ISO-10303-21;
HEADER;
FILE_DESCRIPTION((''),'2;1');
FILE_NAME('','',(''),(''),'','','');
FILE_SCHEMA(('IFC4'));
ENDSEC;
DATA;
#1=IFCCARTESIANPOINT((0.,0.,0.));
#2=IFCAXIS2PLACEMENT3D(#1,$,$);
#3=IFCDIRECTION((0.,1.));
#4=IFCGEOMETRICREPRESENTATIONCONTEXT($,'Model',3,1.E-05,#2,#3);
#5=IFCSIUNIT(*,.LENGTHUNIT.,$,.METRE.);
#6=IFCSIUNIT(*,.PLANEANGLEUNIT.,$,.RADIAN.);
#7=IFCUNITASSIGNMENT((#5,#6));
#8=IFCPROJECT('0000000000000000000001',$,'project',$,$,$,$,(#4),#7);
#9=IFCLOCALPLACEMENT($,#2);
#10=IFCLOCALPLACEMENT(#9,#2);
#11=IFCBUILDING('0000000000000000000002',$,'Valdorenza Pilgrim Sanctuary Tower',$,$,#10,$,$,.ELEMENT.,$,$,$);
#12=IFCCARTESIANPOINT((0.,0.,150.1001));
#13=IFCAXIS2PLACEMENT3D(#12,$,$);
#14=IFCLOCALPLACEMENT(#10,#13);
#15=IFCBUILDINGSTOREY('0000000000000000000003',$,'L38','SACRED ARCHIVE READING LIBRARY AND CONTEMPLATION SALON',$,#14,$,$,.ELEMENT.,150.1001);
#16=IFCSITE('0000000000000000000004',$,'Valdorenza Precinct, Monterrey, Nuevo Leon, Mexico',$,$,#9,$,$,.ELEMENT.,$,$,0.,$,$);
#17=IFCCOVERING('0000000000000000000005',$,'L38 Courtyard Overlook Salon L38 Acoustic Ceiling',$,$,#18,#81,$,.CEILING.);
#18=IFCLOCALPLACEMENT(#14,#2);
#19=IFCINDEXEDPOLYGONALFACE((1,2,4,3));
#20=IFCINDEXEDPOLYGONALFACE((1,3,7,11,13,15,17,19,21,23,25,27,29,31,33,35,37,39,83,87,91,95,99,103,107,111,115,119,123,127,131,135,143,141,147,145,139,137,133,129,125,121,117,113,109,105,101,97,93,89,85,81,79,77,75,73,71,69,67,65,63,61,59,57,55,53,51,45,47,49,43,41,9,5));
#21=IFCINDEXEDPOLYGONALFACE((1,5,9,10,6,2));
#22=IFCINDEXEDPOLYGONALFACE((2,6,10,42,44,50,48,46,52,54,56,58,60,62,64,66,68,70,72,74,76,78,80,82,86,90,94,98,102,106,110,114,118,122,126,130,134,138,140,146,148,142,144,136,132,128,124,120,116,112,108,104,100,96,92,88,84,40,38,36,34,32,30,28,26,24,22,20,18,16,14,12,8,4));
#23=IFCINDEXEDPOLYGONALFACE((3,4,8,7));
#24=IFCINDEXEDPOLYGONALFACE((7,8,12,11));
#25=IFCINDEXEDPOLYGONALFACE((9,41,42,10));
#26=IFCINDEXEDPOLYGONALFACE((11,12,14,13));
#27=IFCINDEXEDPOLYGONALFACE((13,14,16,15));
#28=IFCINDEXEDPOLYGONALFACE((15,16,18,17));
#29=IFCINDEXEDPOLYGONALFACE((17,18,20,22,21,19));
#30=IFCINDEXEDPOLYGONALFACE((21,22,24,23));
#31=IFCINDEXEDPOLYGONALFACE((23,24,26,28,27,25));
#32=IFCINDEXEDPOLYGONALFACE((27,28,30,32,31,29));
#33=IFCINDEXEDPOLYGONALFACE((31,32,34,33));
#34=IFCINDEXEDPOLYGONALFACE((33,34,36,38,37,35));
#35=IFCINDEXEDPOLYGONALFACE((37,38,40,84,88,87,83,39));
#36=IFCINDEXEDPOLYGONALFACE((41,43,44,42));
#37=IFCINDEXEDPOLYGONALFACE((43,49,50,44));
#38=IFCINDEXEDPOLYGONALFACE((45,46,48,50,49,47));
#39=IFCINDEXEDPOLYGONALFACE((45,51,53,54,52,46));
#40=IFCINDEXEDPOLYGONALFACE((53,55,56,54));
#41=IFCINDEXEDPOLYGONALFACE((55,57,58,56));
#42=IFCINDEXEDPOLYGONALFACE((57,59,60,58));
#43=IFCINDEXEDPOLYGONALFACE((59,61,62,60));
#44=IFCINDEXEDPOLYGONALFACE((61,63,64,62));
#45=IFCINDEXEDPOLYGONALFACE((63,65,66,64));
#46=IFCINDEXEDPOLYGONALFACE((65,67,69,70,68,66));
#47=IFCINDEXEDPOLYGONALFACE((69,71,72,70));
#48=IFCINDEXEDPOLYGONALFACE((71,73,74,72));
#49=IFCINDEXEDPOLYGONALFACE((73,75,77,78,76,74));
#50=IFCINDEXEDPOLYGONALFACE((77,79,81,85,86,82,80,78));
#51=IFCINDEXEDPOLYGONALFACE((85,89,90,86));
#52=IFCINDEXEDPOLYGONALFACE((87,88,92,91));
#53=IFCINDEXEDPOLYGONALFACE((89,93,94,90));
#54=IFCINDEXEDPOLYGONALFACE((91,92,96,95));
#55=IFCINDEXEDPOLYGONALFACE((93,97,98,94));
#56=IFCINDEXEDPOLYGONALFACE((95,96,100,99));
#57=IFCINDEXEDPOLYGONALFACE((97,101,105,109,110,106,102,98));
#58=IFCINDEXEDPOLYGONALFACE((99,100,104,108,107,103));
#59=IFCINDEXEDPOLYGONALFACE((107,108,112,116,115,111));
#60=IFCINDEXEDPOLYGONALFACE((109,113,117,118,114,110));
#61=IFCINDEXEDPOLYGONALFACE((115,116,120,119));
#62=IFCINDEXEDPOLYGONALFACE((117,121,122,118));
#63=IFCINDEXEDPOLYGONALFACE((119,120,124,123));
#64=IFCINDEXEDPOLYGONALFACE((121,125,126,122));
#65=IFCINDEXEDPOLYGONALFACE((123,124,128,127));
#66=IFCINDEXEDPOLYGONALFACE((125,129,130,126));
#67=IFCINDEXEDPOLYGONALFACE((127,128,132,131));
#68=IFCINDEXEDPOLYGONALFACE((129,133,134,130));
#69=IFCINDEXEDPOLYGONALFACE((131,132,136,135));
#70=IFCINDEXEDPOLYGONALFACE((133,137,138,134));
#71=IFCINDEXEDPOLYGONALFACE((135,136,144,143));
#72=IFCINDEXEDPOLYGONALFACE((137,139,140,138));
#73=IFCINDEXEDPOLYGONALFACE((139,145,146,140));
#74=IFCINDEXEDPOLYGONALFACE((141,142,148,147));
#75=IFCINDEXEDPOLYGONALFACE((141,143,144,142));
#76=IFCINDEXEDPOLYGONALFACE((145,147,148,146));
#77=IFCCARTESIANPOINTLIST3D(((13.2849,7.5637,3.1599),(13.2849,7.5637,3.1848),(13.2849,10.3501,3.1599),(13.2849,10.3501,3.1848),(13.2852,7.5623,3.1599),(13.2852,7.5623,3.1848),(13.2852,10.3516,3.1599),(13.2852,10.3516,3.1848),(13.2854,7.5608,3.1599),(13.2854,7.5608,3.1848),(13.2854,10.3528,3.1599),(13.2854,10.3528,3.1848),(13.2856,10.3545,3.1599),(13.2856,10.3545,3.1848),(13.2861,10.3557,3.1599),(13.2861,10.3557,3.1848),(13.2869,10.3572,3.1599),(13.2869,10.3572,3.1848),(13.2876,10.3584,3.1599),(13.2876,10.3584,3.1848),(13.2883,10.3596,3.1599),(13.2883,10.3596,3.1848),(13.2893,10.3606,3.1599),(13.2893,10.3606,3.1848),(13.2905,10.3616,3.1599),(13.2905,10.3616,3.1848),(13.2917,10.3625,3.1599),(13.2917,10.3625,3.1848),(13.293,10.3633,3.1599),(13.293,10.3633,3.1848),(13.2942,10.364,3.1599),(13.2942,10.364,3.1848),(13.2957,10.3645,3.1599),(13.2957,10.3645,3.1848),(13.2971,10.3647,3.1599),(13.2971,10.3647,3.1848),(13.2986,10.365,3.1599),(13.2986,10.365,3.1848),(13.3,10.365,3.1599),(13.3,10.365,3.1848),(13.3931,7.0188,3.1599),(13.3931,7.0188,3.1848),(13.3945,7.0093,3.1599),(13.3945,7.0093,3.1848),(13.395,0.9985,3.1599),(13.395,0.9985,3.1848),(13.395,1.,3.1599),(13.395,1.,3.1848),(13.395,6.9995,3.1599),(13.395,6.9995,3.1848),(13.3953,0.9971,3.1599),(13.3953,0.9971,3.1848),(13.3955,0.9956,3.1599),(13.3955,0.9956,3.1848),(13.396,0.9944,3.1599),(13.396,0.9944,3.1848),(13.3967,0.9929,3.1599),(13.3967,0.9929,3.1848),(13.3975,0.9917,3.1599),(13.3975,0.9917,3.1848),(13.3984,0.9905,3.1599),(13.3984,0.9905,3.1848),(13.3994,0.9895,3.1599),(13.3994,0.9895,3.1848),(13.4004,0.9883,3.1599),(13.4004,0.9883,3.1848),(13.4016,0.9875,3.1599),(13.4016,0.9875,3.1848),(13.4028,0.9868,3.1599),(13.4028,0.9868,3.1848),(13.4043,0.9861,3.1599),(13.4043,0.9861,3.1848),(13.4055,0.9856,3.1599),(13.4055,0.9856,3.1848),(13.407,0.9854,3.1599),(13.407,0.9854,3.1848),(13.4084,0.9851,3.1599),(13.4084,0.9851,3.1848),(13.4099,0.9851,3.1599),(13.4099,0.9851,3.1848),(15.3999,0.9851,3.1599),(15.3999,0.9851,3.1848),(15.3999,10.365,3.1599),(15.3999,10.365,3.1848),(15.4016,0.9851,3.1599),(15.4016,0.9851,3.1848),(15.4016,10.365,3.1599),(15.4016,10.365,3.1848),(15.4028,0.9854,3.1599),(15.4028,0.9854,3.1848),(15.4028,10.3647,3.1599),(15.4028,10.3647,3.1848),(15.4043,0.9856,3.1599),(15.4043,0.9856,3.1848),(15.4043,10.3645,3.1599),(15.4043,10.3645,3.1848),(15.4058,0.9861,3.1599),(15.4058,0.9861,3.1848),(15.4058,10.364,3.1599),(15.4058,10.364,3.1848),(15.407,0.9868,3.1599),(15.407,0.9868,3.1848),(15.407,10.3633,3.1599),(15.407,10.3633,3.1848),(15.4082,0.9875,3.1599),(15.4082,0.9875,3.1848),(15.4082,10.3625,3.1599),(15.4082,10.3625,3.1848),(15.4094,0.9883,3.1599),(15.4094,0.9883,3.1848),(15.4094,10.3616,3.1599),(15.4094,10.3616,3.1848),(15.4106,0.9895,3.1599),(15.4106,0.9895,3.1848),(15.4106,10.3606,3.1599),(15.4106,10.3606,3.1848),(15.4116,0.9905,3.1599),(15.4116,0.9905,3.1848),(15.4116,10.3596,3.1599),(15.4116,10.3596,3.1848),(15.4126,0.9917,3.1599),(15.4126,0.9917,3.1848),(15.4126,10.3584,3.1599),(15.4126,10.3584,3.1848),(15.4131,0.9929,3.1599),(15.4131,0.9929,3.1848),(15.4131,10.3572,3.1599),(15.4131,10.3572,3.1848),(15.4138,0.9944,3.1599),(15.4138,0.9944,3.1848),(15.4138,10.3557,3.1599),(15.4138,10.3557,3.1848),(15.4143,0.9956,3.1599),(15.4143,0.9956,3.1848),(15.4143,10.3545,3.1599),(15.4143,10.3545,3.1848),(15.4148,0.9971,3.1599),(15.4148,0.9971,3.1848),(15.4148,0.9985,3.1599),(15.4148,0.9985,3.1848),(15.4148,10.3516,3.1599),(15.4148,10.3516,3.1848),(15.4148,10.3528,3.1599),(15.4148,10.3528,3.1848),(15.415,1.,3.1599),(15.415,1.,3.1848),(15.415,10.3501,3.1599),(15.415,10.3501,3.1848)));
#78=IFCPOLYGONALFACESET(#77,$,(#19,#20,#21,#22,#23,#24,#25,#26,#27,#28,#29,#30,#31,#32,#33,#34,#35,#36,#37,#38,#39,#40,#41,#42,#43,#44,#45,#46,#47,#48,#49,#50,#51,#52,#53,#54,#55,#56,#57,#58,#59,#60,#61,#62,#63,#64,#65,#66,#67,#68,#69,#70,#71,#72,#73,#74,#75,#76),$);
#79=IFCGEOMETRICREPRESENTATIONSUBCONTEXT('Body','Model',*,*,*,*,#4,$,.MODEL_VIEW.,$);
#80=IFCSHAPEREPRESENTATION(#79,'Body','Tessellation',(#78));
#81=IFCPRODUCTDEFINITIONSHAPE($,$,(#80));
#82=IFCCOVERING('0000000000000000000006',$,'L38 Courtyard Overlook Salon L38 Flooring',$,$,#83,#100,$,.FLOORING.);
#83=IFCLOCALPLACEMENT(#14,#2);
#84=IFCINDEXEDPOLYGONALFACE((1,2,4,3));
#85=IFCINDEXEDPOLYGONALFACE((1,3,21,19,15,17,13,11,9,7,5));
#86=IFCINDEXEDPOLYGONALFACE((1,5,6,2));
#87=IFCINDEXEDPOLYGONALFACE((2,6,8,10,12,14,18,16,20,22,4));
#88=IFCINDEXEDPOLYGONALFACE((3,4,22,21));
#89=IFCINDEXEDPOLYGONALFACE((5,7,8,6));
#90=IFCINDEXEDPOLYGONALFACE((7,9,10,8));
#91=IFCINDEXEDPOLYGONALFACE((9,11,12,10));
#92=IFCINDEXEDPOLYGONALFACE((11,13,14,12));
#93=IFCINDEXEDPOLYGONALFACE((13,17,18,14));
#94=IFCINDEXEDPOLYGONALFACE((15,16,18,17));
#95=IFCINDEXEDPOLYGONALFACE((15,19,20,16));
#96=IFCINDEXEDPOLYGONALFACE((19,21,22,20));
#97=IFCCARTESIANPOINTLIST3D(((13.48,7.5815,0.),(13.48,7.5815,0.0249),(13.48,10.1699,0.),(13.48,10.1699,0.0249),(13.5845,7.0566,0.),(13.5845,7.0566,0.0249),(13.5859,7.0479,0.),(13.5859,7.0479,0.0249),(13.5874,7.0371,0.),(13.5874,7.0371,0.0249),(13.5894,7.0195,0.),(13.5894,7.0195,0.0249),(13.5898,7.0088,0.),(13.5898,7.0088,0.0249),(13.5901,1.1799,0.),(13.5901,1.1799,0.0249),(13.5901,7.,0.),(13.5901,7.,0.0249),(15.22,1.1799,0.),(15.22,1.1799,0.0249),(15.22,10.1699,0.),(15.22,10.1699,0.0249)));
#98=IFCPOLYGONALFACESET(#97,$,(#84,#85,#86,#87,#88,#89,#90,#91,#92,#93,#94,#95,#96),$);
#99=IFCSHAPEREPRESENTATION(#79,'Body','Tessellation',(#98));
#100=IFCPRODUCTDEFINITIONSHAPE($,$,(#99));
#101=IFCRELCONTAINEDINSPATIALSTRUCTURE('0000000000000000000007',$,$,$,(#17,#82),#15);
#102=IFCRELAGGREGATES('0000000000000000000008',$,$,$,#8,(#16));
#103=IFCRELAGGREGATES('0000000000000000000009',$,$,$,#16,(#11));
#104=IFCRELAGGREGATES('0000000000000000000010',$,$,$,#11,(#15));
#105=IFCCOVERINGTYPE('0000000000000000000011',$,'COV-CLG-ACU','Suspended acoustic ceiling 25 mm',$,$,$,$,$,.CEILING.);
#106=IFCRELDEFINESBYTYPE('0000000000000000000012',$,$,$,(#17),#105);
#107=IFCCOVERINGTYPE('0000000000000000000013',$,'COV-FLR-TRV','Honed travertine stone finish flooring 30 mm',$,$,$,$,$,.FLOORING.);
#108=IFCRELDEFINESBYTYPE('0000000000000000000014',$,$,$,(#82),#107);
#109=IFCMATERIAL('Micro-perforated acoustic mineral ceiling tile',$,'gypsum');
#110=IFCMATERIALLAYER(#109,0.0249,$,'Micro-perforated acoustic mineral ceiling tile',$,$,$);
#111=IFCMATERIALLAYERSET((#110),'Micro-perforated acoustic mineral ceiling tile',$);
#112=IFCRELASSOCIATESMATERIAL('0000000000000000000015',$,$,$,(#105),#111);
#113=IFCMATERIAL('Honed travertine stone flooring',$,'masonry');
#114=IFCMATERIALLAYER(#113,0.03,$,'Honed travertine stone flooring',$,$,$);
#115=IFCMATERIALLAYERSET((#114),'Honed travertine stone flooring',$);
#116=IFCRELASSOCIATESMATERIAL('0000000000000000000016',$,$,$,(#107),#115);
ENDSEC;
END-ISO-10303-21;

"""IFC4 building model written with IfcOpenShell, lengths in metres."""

from ifc_helpers import new_model, si_unit, direction, frame, origin, place, context, subcontext, project, spatial, polyline, outline, extrude, material, layer, layer_set, type_object, element, save


model = new_model("IFC4")

# Units and contexts
model_context = context("Model", 3, precision=1e-05, world=origin(), true_north=direction((0.0, 1.0)))
body_context = subcontext(model_context, "Body", "Model", "MODEL_VIEW")
ifc_project = project(units=[si_unit("LENGTHUNIT", "METRE"), si_unit("PLANEANGLEUNIT", "RADIAN")], contexts=[model_context])

# Site, building, storey
site_placement = place(None, origin())
site = spatial("IfcSite", under=ifc_project, at=site_placement, Name="Valdorenza Precinct, Monterrey, Nuevo Leon, Mexico", CompositionType="ELEMENT", RefElevation=0.0)
building_placement = place(site_placement, origin())
building = spatial("IfcBuilding", under=site, at=building_placement, Name="Valdorenza Pilgrim Sanctuary Tower", CompositionType="ELEMENT")
storey_placement = place(building_placement, frame((0.0, 0.0, 150.1001)))
storey = spatial("IfcBuildingStorey", under=building, at=storey_placement, Name="L38", Description="SACRED ARCHIVE READING LIBRARY AND CONTEMPLATION SALON", CompositionType="ELEMENT", Elevation=150.1001)

# Coverings
ifc_material_1 = material(Name="Micro-perforated acoustic mineral ceiling tile", Category="gypsum")
ifc_layer_1 = layer(ifc_material_1, 0.0249, Name="Micro-perforated acoustic mineral ceiling tile")
ifc_layer_set_1 = layer_set([ifc_layer_1], Name="Micro-perforated acoustic mineral ceiling tile")
covering_type_1 = type_object("IfcCoveringType", Name="COV-CLG-ACU", Description="Suspended acoustic ceiling 25 mm", PredefinedType="CEILING", material=ifc_layer_set_1)
covering_1_placement = place(storey_placement, frame((0.0, 0.0, 3.1599)))
element("IfcCovering", 1, at=covering_1_placement, inside=storey, type_object=covering_type_1, Name="L38 Courtyard Overlook Salon L38 Acoustic Ceiling", PredefinedType="CEILING", context=body_context, shape_type="SweptSolid", body=[
    extrude(outline(polyline([(15.3999, 10.365), (15.4016, 10.365), (15.4028, 10.3647), (15.4043, 10.3645), (15.4058, 10.364), (15.407, 10.3633), (15.4082, 10.3625), (15.4094, 10.3616), (15.4106, 10.3606), (15.4116, 10.3596), (15.4126, 10.3584), (15.4131, 10.3572), (15.4138, 10.3557), (15.4143, 10.3545), (15.4148, 10.3528), (15.4148, 10.3516), (15.415, 10.3501), (15.415, 1.0), (15.4148, 0.9985), (15.4148, 0.9971), (15.4143, 0.9956), (15.4138, 0.9944), (15.4131, 0.9929), (15.4126, 0.9917), (15.4116, 0.9905), (15.4106, 0.9895), (15.4094, 0.9883), (15.4082, 0.9875), (15.407, 0.9868), (15.4058, 0.9861), (15.4043, 0.9856), (15.4028, 0.9854), (15.4016, 0.9851), (15.3999, 0.9851), (13.4099, 0.9851), (13.4084, 0.9851), (13.407, 0.9854), (13.4055, 0.9856), (13.4043, 0.9861), (13.4028, 0.9868), (13.4016, 0.9875), (13.4004, 0.9883), (13.3994, 0.9895), (13.3984, 0.9905), (13.3975, 0.9917), (13.3967, 0.9929), (13.396, 0.9944), (13.3955, 0.9956), (13.3953, 0.9971), (13.395, 0.9985), (13.395, 1.0), (13.395, 6.9995), (13.3945, 7.0093), (13.3931, 7.0188), (13.2854, 7.5608), (13.2852, 7.5623), (13.2849, 7.5637), (13.2849, 10.3501), (13.2852, 10.3516), (13.2854, 10.3528), (13.2856, 10.3545), (13.2861, 10.3557), (13.2869, 10.3572), (13.2876, 10.3584), (13.2883, 10.3596), (13.2893, 10.3606), (13.2905, 10.3616), (13.2917, 10.3625), (13.293, 10.3633), (13.2942, 10.364), (13.2957, 10.3645), (13.2971, 10.3647), (13.2986, 10.365), (13.3, 10.365), (15.3999, 10.365)])), origin(), (0.0, 0.0, 1.0), 0.0249),
])
ifc_material_2 = material(Name="Honed travertine stone flooring", Category="masonry")
ifc_layer_2 = layer(ifc_material_2, 0.03, Name="Honed travertine stone flooring")
ifc_layer_set_2 = layer_set([ifc_layer_2], Name="Honed travertine stone flooring")
covering_type_2 = type_object("IfcCoveringType", Name="COV-FLR-TRV", Description="Honed travertine stone finish flooring 30 mm", PredefinedType="FLOORING", material=ifc_layer_set_2)
covering_2_placement = place(storey_placement, origin())
element("IfcCovering", 2, at=covering_2_placement, inside=storey, type_object=covering_type_2, Name="L38 Courtyard Overlook Salon L38 Flooring", PredefinedType="FLOORING", context=body_context, shape_type="SweptSolid", body=[
    extrude(outline(polyline([(15.22, 10.1699), (15.22, 1.1799), (13.5901, 1.1799), (13.5901, 7.0), (13.5898, 7.0088), (13.5894, 7.0195), (13.5874, 7.0371), (13.5859, 7.0479), (13.5845, 7.0566), (13.48, 7.5815), (13.48, 10.1699), (15.22, 10.1699)])), origin(), (0.0, 0.0, 1.0), 0.0249),
])

save(model, "model.ifc")
